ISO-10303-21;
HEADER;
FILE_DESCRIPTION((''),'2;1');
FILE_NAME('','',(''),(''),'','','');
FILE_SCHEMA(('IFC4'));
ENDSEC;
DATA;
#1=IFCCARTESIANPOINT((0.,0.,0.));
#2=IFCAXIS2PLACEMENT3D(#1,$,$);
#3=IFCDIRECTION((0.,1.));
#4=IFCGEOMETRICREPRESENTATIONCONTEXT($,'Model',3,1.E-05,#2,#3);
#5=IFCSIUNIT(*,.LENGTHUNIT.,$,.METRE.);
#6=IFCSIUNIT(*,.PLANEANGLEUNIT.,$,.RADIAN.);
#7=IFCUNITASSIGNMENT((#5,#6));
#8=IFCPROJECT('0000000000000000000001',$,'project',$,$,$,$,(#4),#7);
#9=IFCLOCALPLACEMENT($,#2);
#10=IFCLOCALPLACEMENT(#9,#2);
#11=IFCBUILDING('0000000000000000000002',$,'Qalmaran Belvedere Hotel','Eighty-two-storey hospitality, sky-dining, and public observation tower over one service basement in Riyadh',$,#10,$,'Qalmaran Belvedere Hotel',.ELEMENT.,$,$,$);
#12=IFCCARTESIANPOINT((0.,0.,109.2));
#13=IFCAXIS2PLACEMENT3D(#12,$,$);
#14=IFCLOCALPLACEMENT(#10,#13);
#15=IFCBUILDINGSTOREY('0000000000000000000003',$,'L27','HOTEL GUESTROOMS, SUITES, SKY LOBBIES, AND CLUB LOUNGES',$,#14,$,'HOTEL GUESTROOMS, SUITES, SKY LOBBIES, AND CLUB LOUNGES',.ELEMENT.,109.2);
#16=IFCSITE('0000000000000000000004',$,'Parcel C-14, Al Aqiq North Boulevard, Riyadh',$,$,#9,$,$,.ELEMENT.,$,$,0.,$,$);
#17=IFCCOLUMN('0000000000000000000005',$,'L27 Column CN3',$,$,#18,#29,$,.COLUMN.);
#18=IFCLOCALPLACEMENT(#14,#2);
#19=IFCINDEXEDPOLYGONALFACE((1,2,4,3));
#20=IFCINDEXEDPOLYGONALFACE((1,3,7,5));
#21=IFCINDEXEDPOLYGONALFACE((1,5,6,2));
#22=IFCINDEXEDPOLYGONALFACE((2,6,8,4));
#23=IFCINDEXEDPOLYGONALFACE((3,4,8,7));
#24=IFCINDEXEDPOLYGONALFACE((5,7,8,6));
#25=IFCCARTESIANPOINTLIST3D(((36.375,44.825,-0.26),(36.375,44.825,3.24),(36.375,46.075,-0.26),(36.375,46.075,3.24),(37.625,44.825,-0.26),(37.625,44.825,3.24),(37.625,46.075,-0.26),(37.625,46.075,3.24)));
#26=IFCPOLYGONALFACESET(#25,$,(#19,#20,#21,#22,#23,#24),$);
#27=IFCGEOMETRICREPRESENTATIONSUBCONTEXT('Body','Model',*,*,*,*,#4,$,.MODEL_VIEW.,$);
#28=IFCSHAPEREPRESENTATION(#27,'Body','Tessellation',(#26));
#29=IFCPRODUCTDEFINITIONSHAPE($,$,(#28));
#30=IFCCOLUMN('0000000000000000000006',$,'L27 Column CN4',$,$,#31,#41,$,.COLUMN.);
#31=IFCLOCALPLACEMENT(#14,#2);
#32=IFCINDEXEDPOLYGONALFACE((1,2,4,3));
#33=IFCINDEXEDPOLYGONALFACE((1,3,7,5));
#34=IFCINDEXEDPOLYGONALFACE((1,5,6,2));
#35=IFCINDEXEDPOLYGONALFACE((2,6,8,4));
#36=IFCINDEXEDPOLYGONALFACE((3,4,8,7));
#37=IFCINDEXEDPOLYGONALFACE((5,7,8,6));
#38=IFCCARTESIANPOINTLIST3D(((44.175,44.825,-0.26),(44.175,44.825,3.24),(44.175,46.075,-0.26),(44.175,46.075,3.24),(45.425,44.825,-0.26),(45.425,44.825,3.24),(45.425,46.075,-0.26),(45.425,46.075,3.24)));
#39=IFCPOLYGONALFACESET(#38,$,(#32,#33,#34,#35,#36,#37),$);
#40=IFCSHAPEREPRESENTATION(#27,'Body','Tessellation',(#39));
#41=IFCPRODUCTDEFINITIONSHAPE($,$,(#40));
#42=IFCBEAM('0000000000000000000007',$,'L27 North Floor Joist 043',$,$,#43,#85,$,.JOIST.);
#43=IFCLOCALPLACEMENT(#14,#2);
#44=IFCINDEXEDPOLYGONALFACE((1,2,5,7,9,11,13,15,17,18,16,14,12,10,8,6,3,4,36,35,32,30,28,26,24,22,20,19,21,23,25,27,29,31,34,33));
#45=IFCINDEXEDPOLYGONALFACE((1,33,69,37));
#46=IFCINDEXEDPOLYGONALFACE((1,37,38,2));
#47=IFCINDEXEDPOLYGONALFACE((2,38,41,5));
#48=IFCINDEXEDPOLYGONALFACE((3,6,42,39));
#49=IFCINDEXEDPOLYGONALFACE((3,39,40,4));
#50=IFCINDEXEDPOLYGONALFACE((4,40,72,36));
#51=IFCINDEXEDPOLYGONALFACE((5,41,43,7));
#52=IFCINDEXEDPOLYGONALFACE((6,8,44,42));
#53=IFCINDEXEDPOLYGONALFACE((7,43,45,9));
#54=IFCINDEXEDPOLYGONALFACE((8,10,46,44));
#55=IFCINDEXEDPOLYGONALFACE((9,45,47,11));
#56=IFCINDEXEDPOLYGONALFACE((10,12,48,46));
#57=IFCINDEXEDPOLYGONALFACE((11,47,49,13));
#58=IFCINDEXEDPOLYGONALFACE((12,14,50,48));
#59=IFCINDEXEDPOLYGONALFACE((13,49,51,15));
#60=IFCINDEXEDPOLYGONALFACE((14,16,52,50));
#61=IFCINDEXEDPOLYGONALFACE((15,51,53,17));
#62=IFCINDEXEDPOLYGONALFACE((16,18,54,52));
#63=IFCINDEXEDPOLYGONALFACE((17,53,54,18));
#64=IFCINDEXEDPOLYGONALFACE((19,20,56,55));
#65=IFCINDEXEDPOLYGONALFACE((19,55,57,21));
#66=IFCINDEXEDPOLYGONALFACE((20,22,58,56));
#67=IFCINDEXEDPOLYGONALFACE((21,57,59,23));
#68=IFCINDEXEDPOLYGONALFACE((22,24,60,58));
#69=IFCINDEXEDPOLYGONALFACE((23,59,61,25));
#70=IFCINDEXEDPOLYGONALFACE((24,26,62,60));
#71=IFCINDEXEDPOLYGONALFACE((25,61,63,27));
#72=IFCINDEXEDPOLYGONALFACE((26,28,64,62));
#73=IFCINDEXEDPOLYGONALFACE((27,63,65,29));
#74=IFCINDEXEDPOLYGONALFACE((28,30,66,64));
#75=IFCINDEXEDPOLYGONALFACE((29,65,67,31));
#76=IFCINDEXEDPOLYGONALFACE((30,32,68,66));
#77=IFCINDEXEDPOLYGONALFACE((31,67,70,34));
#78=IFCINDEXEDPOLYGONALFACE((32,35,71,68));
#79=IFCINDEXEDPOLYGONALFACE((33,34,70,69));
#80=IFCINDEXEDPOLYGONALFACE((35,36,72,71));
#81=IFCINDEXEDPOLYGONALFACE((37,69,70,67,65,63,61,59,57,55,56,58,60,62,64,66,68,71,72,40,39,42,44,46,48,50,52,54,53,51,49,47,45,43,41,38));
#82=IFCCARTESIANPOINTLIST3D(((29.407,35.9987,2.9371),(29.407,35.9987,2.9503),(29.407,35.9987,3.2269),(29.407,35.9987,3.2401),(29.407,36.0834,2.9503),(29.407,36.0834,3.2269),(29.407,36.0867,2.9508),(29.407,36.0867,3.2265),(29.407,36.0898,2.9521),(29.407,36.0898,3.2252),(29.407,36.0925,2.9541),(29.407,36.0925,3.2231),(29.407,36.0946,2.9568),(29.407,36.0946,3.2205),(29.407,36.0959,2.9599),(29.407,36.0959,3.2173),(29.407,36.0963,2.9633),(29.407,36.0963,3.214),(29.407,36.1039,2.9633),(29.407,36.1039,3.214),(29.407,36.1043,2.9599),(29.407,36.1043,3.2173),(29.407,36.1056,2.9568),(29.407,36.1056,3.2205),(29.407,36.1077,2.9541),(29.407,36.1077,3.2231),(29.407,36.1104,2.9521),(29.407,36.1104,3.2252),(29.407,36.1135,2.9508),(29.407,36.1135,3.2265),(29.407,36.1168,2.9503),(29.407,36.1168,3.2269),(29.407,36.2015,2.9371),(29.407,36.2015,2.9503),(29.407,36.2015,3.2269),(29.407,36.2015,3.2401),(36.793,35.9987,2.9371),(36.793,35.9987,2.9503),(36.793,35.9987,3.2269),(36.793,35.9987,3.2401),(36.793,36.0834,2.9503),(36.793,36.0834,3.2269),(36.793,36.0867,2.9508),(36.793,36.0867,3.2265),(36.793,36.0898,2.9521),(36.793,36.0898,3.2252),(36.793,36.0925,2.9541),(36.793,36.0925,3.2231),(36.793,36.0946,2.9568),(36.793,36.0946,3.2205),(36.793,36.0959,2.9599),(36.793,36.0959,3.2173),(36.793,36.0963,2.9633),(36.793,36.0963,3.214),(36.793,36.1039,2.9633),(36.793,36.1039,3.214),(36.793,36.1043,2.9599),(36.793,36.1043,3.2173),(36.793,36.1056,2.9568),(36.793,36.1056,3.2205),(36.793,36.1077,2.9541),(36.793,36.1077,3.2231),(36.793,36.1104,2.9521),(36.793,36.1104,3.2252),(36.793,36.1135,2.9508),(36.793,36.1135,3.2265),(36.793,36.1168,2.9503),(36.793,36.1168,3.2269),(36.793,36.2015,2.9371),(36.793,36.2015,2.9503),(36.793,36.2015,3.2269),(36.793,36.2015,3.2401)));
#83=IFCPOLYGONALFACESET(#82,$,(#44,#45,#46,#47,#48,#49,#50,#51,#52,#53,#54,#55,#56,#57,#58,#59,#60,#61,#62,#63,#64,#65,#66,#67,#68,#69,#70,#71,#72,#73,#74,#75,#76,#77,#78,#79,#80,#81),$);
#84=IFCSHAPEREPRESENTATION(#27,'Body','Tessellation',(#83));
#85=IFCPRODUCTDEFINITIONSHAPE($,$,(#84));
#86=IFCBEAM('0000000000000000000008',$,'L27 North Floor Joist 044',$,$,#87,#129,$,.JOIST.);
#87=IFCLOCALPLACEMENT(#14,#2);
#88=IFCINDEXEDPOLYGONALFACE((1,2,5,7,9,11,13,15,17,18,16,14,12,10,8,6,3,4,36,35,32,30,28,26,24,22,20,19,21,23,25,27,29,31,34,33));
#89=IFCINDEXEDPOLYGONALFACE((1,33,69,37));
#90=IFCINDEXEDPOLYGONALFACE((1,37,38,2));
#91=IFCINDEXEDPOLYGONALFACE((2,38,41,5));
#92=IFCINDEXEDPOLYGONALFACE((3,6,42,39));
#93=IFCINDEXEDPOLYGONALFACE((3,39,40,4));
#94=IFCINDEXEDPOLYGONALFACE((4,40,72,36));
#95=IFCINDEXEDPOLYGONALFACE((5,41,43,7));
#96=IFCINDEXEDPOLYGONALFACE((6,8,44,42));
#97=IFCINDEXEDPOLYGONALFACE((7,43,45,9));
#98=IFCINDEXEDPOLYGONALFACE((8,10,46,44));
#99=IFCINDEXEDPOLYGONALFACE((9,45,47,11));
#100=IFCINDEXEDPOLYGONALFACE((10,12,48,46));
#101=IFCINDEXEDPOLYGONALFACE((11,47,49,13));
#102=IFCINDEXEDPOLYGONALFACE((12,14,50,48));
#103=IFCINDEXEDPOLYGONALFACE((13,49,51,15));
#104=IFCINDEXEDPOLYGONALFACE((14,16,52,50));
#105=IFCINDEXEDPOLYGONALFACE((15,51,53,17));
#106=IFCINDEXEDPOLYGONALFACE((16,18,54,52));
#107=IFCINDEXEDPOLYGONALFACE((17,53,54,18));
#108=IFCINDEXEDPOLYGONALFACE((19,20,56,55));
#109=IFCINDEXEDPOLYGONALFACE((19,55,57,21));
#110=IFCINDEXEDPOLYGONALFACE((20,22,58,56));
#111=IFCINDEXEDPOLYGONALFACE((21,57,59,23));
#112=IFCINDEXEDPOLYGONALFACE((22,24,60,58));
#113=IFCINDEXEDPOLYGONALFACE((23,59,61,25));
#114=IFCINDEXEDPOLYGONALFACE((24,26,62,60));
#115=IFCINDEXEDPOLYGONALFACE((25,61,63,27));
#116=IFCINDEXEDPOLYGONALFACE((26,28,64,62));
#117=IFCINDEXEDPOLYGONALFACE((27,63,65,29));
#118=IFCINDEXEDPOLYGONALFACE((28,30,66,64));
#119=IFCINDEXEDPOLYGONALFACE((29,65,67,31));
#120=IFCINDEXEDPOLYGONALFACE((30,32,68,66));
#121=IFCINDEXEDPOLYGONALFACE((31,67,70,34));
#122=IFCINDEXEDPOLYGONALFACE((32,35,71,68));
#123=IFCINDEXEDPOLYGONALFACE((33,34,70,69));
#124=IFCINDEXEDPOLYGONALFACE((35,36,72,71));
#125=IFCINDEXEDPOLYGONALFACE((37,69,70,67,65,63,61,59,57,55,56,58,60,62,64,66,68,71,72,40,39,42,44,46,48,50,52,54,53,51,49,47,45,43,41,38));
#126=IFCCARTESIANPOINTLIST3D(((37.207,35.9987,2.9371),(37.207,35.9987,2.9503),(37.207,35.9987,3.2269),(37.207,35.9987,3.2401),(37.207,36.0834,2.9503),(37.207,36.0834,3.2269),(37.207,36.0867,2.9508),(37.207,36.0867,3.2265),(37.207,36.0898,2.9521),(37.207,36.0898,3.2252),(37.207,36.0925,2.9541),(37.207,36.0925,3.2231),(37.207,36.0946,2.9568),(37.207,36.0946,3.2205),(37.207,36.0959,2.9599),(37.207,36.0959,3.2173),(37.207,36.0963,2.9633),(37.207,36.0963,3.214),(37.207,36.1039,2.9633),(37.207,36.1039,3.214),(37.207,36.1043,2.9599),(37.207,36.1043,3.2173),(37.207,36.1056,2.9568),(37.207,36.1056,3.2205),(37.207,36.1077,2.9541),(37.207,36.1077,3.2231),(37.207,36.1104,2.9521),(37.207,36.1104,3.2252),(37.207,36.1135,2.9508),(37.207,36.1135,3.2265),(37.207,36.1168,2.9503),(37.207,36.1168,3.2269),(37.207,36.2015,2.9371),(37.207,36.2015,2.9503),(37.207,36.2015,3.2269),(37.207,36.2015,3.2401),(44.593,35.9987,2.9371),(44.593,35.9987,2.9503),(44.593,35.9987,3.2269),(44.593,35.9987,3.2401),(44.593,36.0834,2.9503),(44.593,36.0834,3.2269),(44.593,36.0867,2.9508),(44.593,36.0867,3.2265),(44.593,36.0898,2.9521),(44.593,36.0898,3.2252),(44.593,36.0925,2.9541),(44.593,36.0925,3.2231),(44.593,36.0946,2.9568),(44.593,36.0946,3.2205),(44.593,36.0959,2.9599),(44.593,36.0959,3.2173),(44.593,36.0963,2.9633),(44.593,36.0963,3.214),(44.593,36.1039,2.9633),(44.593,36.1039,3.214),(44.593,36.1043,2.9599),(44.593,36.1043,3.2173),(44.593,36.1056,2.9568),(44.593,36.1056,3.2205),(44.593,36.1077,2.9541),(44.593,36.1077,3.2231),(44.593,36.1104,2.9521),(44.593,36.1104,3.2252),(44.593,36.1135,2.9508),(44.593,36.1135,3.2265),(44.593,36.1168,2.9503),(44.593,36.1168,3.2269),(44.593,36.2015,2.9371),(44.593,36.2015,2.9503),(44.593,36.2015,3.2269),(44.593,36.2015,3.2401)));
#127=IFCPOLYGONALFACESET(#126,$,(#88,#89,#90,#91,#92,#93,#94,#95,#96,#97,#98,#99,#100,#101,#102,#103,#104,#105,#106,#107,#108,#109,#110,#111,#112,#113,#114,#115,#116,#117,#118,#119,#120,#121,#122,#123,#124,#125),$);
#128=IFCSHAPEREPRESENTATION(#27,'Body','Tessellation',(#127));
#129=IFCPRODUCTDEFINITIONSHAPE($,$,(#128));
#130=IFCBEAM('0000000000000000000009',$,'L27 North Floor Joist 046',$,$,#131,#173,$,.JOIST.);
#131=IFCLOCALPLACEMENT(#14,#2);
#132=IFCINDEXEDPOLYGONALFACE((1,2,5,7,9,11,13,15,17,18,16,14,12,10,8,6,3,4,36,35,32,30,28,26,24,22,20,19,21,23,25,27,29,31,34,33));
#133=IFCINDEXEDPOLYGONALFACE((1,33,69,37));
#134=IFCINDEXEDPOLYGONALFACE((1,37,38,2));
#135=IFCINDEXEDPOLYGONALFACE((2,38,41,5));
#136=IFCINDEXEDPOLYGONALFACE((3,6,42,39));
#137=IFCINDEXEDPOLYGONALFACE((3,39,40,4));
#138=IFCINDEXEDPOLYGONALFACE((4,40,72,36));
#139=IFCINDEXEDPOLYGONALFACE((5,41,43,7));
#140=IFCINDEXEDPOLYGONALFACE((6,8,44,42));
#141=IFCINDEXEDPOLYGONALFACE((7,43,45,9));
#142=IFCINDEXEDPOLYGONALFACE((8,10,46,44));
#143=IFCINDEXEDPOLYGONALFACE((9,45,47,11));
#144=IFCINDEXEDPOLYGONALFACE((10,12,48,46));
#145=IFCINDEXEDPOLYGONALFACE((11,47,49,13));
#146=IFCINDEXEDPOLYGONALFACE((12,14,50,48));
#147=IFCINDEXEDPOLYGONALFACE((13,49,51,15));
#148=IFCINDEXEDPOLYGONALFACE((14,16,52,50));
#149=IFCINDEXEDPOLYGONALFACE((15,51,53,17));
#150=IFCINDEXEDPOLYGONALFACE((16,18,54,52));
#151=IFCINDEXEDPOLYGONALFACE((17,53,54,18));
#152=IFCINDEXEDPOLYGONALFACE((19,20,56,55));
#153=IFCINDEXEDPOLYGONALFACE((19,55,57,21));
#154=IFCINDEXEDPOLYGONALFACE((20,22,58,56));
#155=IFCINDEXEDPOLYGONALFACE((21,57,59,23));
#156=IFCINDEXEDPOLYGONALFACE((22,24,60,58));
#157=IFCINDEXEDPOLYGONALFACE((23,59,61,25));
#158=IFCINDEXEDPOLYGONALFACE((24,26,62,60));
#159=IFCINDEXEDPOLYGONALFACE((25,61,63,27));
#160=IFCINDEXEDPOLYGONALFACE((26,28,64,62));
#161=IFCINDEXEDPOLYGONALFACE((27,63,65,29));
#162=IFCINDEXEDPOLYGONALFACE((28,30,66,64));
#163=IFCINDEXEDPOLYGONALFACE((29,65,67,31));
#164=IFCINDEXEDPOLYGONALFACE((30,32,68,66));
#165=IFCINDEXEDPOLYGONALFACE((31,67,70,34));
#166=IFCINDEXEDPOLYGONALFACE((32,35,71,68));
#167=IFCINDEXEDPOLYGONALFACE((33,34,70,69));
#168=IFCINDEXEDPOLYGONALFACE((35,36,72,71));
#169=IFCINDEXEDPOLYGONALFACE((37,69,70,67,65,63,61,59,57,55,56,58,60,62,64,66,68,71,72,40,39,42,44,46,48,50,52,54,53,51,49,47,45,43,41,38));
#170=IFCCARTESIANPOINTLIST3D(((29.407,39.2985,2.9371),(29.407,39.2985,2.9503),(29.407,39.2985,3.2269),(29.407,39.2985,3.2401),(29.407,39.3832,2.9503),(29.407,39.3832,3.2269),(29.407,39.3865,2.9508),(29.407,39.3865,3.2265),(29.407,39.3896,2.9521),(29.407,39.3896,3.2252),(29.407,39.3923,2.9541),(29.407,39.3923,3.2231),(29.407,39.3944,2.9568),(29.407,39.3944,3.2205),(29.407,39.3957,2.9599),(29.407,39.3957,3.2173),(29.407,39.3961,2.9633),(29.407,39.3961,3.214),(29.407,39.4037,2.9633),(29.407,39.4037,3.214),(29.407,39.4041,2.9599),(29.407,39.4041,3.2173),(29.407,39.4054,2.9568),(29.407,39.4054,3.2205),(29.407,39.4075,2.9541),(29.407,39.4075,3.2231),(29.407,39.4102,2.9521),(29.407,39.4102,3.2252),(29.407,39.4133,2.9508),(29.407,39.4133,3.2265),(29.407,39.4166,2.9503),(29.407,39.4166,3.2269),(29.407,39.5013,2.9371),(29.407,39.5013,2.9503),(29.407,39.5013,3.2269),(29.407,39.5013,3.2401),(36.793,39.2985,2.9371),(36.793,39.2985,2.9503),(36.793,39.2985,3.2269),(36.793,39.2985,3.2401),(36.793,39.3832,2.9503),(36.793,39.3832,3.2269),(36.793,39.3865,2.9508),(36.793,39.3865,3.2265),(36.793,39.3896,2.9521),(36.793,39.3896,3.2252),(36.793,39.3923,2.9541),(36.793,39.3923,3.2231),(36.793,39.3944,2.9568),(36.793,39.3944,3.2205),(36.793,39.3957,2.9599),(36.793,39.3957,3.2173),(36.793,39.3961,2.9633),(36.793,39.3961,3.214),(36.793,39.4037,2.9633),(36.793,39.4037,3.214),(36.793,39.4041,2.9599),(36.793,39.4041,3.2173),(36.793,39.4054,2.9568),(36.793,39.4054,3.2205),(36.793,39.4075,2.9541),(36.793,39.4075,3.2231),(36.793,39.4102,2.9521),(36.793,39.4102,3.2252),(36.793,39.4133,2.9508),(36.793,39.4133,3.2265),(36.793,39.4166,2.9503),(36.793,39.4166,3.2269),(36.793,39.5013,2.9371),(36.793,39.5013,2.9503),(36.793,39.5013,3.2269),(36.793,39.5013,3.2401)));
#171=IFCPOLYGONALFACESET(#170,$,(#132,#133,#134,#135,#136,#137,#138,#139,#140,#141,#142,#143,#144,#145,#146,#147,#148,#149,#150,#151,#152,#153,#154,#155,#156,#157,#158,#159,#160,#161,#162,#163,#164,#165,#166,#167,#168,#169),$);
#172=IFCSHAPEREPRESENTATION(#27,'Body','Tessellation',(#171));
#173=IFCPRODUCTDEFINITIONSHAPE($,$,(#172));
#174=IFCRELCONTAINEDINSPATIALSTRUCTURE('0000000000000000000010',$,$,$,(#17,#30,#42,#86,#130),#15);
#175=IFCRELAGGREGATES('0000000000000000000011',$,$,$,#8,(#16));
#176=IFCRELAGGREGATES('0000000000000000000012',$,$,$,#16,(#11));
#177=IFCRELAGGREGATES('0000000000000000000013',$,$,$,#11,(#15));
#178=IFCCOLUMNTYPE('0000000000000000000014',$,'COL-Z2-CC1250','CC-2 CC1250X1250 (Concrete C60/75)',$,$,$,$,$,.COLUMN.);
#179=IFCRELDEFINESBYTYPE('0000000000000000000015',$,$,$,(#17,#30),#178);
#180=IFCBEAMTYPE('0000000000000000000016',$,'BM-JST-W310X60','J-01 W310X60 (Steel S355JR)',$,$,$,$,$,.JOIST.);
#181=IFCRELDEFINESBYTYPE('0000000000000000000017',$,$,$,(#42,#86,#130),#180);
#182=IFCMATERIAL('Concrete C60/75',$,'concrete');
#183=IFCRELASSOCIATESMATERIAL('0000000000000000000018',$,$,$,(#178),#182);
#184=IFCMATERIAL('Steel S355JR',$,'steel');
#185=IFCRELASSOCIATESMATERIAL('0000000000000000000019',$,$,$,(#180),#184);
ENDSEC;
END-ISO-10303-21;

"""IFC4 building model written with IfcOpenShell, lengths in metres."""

from ifc_helpers import new_model, si_unit, direction, frame, origin, origin_2d, place, context, subcontext, project, spatial, rectangle, i_section, extrude, material, material_profile, profile_set, type_object, element, save


model = new_model("IFC4")

# Units and contexts
model_context = context("Model", 3, precision=1e-05, world=origin(), true_north=direction((0.0, 1.0)))
body_context = subcontext(model_context, "Body", "Model", "MODEL_VIEW")
ifc_project = project(units=[si_unit("LENGTHUNIT", "METRE"), si_unit("PLANEANGLEUNIT", "RADIAN")], contexts=[model_context])

# Site, building, storey
site_placement = place(None, origin())
site = spatial("IfcSite", under=ifc_project, at=site_placement, Name="Parcel C-14, Al Aqiq North Boulevard, Riyadh", CompositionType="ELEMENT", RefElevation=0.0)
building_placement = place(site_placement, origin())
building = spatial("IfcBuilding", under=site, at=building_placement, Name="Qalmaran Belvedere Hotel", Description="Eighty-two-storey hospitality, sky-dining, and public observation tower over one service basement in Riyadh", LongName="Qalmaran Belvedere Hotel", CompositionType="ELEMENT")
storey_placement = place(building_placement, frame((0.0, 0.0, 109.2)))
storey = spatial("IfcBuildingStorey", under=building, at=storey_placement, Name="L27", Description="HOTEL GUESTROOMS, SUITES, SKY LOBBIES, AND CLUB LOUNGES", LongName="HOTEL GUESTROOMS, SUITES, SKY LOBBIES, AND CLUB LOUNGES", CompositionType="ELEMENT", Elevation=109.2)

# Columns
ifc_material_1 = material(Name="Concrete C60/75", Category="concrete")
ifc_material_profile_1 = material_profile(ifc_material_1, rectangle(XDim=1.25, YDim=1.25, at=origin_2d()), Name="CC1250X1250")
ifc_profile_set_1 = profile_set([ifc_material_profile_1], Name="Concrete C60/75")
column_type = type_object("IfcColumnType", Name="COL-Z2-CC1250", Description="CC-2 CC1250X1250 (Concrete C60/75)", PredefinedType="COLUMN", material=ifc_profile_set_1)
for number, where, z_axis, x_axis, name in (
    (1, (37.0, 45.45, -0.26), (0.0, 0.0, 1.0), (1.0, 0.0, 0.0), "L27 Column CN3"),
    (2, (44.8, 45.45, -0.26), (0.0, 0.0, 1.0), (1.0, 0.0, 0.0), "L27 Column CN4"),
):
    element("IfcColumn", number, at=place(storey_placement, frame(where, z_axis=z_axis, x_axis=x_axis)), inside=storey, type_object=column_type, Name=name, PredefinedType="COLUMN", context=body_context, shape_type="SweptSolid", body=[
        extrude(rectangle(XDim=1.25, YDim=1.25, at=origin_2d()), origin(), (0.0, 0.0, 1.0), 3.5),
    ])

# Beams
ifc_material_2 = material(Name="Steel S355JR", Category="steel")
ifc_material_profile_2 = material_profile(ifc_material_2, i_section(OverallWidth=0.2029, OverallDepth=0.303, WebThickness=0.0076, FlangeThickness=0.0132, FilletRadius=0.0129, at=origin_2d()), Name="W310X60")
ifc_profile_set_2 = profile_set([ifc_material_profile_2], Name="Steel S355JR")
beam_type_1 = type_object("IfcBeamType", Name="BM-JST-W310X60", Description="J-01 W310X60 (Steel S355JR)", PredefinedType="JOIST", material=ifc_profile_set_2)
for number, where, z_axis, x_axis, name in (
    (3, (29.407, 36.1001, 3.0886), (1.0, 0.0, 0.0), (0.0, 1.0, 0.0), "L27 North Floor Joist 043"),
    (4, (37.207, 36.1001, 3.0886), (1.0, 0.0, 0.0), (0.0, 1.0, 0.0), "L27 North Floor Joist 044"),
    (5, (29.407, 39.3999, 3.0886), (1.0, 0.0, 0.0), (0.0, 1.0, 0.0), "L27 North Floor Joist 046"),
):
    element("IfcBeam", number, at=place(storey_placement, frame(where, z_axis=z_axis, x_axis=x_axis)), inside=storey, type_object=beam_type_1, Name=name, PredefinedType="JOIST", context=body_context, shape_type="SweptSolid", body=[
        extrude(i_section(OverallWidth=0.2029, OverallDepth=0.303, WebThickness=0.0076, FlangeThickness=0.0132, FilletRadius=0.0129, at=origin_2d()), origin(), (0.0, 0.0, 1.0), 7.386),
    ])

save(model, "model.ifc")
